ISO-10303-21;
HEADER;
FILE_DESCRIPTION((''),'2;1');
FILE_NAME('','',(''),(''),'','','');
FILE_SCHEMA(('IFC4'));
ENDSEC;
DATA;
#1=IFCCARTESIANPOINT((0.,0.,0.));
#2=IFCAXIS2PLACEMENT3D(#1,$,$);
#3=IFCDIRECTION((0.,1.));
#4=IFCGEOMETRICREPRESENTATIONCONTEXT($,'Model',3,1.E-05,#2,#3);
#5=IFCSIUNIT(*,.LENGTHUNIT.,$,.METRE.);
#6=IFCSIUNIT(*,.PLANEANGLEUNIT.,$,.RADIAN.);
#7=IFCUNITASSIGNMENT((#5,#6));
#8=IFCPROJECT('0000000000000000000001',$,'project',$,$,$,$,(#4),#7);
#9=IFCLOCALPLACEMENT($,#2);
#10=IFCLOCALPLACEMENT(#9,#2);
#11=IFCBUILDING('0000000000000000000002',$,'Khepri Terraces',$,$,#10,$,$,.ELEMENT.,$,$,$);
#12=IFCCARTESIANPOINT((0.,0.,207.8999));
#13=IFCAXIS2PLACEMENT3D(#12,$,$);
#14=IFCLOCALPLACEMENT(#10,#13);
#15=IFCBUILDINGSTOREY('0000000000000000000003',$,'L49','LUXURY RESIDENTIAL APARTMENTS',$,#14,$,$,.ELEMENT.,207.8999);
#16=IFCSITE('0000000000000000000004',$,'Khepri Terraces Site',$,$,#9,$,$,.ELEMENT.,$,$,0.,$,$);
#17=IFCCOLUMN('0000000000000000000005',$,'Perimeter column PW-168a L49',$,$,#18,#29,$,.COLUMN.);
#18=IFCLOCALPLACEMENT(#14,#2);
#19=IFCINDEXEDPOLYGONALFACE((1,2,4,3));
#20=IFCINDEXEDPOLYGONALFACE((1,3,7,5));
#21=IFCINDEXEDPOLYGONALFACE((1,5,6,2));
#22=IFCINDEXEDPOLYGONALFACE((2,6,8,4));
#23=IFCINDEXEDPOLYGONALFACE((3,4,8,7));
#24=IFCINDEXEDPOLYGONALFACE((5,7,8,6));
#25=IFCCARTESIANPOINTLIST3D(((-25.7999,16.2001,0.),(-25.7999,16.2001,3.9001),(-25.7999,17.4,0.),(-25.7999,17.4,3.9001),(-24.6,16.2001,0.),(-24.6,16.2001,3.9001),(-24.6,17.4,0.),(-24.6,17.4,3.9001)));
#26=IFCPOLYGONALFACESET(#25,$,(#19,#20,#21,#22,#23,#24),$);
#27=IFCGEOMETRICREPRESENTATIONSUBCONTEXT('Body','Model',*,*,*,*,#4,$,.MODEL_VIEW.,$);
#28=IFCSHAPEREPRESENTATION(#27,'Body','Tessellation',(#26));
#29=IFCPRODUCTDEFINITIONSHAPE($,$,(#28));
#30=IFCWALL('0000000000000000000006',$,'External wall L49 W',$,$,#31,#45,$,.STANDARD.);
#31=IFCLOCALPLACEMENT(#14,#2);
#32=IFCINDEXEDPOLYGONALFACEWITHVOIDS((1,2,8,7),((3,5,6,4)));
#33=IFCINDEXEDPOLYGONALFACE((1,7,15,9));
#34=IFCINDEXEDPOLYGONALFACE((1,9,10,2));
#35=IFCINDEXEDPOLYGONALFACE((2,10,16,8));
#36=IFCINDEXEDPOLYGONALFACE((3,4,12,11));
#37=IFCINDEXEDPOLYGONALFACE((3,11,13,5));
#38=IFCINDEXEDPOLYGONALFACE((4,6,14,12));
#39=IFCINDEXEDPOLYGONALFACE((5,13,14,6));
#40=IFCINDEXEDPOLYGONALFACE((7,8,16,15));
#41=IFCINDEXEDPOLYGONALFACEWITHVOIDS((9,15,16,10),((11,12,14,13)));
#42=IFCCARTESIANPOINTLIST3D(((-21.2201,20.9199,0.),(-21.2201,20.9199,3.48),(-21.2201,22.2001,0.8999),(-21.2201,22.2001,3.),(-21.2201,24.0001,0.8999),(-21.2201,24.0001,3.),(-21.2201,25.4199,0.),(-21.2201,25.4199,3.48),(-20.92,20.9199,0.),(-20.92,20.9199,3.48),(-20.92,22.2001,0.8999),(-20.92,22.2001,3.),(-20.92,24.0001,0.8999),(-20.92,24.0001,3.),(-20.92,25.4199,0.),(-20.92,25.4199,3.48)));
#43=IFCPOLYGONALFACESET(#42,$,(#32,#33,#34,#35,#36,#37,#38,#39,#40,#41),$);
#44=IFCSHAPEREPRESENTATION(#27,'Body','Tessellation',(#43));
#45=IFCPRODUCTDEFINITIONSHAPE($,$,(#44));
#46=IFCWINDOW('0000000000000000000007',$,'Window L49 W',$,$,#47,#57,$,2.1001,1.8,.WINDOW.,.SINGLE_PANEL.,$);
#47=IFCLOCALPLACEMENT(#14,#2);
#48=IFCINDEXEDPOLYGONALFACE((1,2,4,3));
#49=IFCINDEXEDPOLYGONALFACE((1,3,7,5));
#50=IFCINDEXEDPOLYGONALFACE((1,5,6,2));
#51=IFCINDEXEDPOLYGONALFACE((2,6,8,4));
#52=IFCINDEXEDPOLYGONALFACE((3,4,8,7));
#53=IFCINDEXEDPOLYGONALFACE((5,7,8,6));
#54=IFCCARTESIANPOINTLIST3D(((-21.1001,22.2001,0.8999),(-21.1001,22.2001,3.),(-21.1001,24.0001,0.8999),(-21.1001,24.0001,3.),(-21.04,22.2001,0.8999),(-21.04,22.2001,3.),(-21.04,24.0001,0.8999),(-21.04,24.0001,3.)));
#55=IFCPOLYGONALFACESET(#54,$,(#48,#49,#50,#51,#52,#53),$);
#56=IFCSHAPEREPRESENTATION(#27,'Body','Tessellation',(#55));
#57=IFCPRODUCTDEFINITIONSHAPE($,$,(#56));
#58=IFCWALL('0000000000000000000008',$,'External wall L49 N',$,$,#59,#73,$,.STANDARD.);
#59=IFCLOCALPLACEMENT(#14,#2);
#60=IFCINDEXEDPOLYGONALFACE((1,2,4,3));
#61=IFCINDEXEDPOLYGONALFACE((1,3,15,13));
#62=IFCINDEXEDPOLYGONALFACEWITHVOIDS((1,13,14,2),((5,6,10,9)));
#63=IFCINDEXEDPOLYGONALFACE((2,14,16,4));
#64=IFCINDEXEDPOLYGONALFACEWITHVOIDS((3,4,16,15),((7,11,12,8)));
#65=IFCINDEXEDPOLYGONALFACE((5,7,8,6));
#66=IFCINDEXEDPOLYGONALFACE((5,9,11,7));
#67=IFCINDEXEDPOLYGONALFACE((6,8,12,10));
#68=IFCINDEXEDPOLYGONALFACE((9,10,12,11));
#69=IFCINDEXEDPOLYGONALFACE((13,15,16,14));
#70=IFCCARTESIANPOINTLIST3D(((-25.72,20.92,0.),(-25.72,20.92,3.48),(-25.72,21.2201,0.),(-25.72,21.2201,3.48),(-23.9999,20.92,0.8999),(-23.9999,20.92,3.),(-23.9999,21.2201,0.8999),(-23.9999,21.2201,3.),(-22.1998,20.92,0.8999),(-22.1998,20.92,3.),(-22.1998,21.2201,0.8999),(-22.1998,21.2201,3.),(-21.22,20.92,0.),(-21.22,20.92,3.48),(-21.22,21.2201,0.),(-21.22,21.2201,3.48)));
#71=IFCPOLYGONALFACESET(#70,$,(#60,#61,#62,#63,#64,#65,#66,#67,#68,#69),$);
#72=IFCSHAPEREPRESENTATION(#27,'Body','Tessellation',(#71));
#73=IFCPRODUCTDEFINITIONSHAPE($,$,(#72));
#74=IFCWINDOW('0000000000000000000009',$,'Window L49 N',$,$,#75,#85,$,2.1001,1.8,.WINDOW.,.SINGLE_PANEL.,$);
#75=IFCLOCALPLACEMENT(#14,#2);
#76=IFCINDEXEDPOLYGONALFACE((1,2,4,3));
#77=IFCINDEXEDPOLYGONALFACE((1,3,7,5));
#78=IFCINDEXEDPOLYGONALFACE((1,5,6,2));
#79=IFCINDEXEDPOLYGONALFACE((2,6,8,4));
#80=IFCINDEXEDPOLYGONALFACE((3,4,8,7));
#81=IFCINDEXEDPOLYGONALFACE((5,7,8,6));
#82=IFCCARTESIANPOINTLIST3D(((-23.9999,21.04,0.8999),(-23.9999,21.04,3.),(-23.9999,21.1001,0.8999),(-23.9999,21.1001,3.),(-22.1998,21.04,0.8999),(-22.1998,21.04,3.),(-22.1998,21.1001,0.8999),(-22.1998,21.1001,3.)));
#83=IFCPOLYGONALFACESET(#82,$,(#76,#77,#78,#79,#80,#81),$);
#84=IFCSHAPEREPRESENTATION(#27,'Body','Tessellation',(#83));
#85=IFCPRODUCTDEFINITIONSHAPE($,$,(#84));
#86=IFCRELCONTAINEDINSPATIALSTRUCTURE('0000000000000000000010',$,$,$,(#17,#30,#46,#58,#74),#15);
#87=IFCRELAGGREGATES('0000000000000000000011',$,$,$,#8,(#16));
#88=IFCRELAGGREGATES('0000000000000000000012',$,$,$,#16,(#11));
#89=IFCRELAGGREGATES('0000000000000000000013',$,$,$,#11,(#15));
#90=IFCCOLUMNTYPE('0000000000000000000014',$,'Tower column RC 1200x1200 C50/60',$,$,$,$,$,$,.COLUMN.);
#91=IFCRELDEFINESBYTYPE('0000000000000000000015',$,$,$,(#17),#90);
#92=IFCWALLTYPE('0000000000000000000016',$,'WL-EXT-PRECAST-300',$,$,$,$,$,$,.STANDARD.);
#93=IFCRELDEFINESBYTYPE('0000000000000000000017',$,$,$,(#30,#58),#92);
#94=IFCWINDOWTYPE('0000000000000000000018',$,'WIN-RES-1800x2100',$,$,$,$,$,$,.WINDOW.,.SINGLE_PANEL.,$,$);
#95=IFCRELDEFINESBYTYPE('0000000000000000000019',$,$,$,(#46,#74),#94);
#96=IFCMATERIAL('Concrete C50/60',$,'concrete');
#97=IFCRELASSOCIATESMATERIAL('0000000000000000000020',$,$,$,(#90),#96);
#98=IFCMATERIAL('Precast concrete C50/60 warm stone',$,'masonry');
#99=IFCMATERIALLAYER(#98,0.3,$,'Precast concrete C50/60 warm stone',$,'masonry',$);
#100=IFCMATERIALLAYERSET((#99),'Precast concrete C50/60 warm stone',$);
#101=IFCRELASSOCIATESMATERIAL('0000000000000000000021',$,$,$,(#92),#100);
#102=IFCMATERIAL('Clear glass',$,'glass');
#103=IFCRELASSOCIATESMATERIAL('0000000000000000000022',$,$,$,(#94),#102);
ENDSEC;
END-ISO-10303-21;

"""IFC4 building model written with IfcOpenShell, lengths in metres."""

from ifc_helpers import new_model, si_unit, direction, frame, frame_2d, origin, origin_2d, place, context, subcontext, project, spatial, rectangle, extrude, material, layer, layer_set, material_profile, profile_set, type_object, element, fill, save


model = new_model("IFC4")

# Units and contexts
model_context = context("Model", 3, precision=1e-05, world=origin(), true_north=direction((0.0, 1.0)))
body_context = subcontext(model_context, "Body", "Model", "MODEL_VIEW")
ifc_project = project(units=[si_unit("LENGTHUNIT", "METRE"), si_unit("PLANEANGLEUNIT", "RADIAN")], contexts=[model_context])

# Site, building, storey
site_placement = place(None, origin())
site = spatial("IfcSite", under=ifc_project, at=site_placement, Name="Khepri Terraces Site", CompositionType="ELEMENT", RefElevation=0.0)
building_placement = place(site_placement, origin())
building = spatial("IfcBuilding", under=site, at=building_placement, Name="Khepri Terraces", CompositionType="ELEMENT")
storey_placement = place(building_placement, frame((0.0, 0.0, 207.8999)))
storey = spatial("IfcBuildingStorey", under=building, at=storey_placement, Name="L49", Description="LUXURY RESIDENTIAL APARTMENTS", CompositionType="ELEMENT", Elevation=207.8999)

# Column
ifc_material_1 = material(Name="Concrete C50/60", Category="concrete")
ifc_material_profile = material_profile(ifc_material_1, rectangle(XDim=1.2, YDim=1.2, at=origin_2d()), Name="Concrete C50/60", Category="concrete")
ifc_profile_set = profile_set([ifc_material_profile], Name="Concrete C50/60")
column_type = type_object("IfcColumnType", Name="Tower column RC 1200x1200 C50/60", PredefinedType="COLUMN", material=ifc_profile_set)
column_placement = place(storey_placement, frame((-25.2, 16.8, 0.0), z_axis=(0.0, 0.0, 1.0), x_axis=(1.0, 0.0, 0.0)))
element("IfcColumn", 1, at=column_placement, inside=storey, type_object=column_type, Name="Perimeter column PW-168a L49", PredefinedType="COLUMN", context=body_context, shape_type="SweptSolid", body=[
    extrude(rectangle(XDim=1.2, YDim=1.2, at=origin_2d()), origin(), (0.0, 0.0, 1.0), 3.9001),
])

# Walls, openings, windows
ifc_material_2 = material(Name="Precast concrete C50/60 warm stone", Category="masonry")
ifc_layer = layer(ifc_material_2, 0.3, Name="Precast concrete C50/60 warm stone", Category="masonry")
ifc_layer_set = layer_set([ifc_layer], Name="Precast concrete C50/60 warm stone")
wall_type = type_object("IfcWallType", Name="WL-EXT-PRECAST-300", PredefinedType="STANDARD", material=ifc_layer_set)
wall_1_placement = place(storey_placement, frame((-21.0701, 25.4199, 0.0), z_axis=(0.0, 0.0, 1.0), x_axis=(0.0, -1.0, 0.0)))
wall_1 = element("IfcWall", 2, at=wall_1_placement, inside=storey, type_object=wall_type, Name="External wall L49 W", PredefinedType="STANDARD", context=body_context, shape_type="SweptSolid", body=[
    extrude(rectangle(XDim=4.5, YDim=0.3, at=frame_2d((2.25, 0.0))), origin(), (0.0, 0.0, 1.0), 3.48),
])
opening_1_placement = place(wall_1_placement, frame((1.4199, 0.0, 0.8999)))
opening_1 = element("IfcOpeningElement", 3, at=opening_1_placement, cuts=wall_1, PredefinedType="OPENING", context=body_context, shape_type="SweptSolid", body=[
    extrude(rectangle(XDim=1.8, YDim=2.1001, at=frame_2d((0.8999, 1.05))), frame((0.0, 0.1602, 0.0), z_axis=(0.0, -1.0, 0.0), x_axis=(1.0, 0.0, 0.0)), (0.0, 0.0, 1.0), 0.3201),
])
ifc_material_3 = material(Name="Clear glass", Category="glass")
window_type = type_object("IfcWindowType", Name="WIN-RES-1800x2100", PartitioningType="SINGLE_PANEL", PredefinedType="WINDOW", material=ifc_material_3)
window_1_placement = place(opening_1_placement, origin())
window_1 = element("IfcWindow", 4, at=window_1_placement, inside=storey, type_object=window_type, Name="Window L49 W", OverallHeight=2.1001, OverallWidth=1.8, PartitioningType="SINGLE_PANEL", PredefinedType="WINDOW", context=body_context, shape_type="SweptSolid", body=[
    extrude(rectangle(XDim=1.8, YDim=2.1001, at=frame_2d((0.8999, 1.05))), frame((0.0, 0.03, 0.0), z_axis=(0.0, -1.0, 0.0), x_axis=(1.0, 0.0, 0.0)), (0.0, 0.0, 1.0), 0.0601),
])
fill(opening_1, window_1)
wall_2_placement = place(storey_placement, frame((-21.22, 21.0701, 0.0), z_axis=(0.0, 0.0, 1.0), x_axis=(-1.0, 0.0, 0.0)))
wall_2 = element("IfcWall", 5, at=wall_2_placement, inside=storey, type_object=wall_type, Name="External wall L49 N", PredefinedType="STANDARD", context=body_context, shape_type="SweptSolid", body=[
    extrude(rectangle(XDim=4.5, YDim=0.3, at=frame_2d((2.25, 0.0))), origin(), (0.0, 0.0, 1.0), 3.48),
])
opening_2_placement = place(wall_2_placement, frame((0.98, 0.0, 0.8999)))
opening_2 = element("IfcOpeningElement", 6, at=opening_2_placement, cuts=wall_2, PredefinedType="OPENING", context=body_context, shape_type="SweptSolid", body=[
    extrude(rectangle(XDim=1.8, YDim=2.1001, at=frame_2d((0.8999, 1.05))), frame((0.0, 0.1602, 0.0), z_axis=(0.0, -1.0, 0.0), x_axis=(1.0, 0.0, 0.0)), (0.0, 0.0, 1.0), 0.3201),
])
window_2_placement = place(opening_2_placement, origin())
window_2 = element("IfcWindow", 7, at=window_2_placement, inside=storey, type_object=window_type, Name="Window L49 N", OverallHeight=2.1001, OverallWidth=1.8, PartitioningType="SINGLE_PANEL", PredefinedType="WINDOW", context=body_context, shape_type="SweptSolid", body=[
    extrude(rectangle(XDim=1.8, YDim=2.1001, at=frame_2d((0.8999, 1.05))), frame((0.0, 0.03, 0.0), z_axis=(0.0, -1.0, 0.0), x_axis=(1.0, 0.0, 0.0)), (0.0, 0.0, 1.0), 0.0601),
])
fill(opening_2, window_2)

save(model, "model.ifc")
